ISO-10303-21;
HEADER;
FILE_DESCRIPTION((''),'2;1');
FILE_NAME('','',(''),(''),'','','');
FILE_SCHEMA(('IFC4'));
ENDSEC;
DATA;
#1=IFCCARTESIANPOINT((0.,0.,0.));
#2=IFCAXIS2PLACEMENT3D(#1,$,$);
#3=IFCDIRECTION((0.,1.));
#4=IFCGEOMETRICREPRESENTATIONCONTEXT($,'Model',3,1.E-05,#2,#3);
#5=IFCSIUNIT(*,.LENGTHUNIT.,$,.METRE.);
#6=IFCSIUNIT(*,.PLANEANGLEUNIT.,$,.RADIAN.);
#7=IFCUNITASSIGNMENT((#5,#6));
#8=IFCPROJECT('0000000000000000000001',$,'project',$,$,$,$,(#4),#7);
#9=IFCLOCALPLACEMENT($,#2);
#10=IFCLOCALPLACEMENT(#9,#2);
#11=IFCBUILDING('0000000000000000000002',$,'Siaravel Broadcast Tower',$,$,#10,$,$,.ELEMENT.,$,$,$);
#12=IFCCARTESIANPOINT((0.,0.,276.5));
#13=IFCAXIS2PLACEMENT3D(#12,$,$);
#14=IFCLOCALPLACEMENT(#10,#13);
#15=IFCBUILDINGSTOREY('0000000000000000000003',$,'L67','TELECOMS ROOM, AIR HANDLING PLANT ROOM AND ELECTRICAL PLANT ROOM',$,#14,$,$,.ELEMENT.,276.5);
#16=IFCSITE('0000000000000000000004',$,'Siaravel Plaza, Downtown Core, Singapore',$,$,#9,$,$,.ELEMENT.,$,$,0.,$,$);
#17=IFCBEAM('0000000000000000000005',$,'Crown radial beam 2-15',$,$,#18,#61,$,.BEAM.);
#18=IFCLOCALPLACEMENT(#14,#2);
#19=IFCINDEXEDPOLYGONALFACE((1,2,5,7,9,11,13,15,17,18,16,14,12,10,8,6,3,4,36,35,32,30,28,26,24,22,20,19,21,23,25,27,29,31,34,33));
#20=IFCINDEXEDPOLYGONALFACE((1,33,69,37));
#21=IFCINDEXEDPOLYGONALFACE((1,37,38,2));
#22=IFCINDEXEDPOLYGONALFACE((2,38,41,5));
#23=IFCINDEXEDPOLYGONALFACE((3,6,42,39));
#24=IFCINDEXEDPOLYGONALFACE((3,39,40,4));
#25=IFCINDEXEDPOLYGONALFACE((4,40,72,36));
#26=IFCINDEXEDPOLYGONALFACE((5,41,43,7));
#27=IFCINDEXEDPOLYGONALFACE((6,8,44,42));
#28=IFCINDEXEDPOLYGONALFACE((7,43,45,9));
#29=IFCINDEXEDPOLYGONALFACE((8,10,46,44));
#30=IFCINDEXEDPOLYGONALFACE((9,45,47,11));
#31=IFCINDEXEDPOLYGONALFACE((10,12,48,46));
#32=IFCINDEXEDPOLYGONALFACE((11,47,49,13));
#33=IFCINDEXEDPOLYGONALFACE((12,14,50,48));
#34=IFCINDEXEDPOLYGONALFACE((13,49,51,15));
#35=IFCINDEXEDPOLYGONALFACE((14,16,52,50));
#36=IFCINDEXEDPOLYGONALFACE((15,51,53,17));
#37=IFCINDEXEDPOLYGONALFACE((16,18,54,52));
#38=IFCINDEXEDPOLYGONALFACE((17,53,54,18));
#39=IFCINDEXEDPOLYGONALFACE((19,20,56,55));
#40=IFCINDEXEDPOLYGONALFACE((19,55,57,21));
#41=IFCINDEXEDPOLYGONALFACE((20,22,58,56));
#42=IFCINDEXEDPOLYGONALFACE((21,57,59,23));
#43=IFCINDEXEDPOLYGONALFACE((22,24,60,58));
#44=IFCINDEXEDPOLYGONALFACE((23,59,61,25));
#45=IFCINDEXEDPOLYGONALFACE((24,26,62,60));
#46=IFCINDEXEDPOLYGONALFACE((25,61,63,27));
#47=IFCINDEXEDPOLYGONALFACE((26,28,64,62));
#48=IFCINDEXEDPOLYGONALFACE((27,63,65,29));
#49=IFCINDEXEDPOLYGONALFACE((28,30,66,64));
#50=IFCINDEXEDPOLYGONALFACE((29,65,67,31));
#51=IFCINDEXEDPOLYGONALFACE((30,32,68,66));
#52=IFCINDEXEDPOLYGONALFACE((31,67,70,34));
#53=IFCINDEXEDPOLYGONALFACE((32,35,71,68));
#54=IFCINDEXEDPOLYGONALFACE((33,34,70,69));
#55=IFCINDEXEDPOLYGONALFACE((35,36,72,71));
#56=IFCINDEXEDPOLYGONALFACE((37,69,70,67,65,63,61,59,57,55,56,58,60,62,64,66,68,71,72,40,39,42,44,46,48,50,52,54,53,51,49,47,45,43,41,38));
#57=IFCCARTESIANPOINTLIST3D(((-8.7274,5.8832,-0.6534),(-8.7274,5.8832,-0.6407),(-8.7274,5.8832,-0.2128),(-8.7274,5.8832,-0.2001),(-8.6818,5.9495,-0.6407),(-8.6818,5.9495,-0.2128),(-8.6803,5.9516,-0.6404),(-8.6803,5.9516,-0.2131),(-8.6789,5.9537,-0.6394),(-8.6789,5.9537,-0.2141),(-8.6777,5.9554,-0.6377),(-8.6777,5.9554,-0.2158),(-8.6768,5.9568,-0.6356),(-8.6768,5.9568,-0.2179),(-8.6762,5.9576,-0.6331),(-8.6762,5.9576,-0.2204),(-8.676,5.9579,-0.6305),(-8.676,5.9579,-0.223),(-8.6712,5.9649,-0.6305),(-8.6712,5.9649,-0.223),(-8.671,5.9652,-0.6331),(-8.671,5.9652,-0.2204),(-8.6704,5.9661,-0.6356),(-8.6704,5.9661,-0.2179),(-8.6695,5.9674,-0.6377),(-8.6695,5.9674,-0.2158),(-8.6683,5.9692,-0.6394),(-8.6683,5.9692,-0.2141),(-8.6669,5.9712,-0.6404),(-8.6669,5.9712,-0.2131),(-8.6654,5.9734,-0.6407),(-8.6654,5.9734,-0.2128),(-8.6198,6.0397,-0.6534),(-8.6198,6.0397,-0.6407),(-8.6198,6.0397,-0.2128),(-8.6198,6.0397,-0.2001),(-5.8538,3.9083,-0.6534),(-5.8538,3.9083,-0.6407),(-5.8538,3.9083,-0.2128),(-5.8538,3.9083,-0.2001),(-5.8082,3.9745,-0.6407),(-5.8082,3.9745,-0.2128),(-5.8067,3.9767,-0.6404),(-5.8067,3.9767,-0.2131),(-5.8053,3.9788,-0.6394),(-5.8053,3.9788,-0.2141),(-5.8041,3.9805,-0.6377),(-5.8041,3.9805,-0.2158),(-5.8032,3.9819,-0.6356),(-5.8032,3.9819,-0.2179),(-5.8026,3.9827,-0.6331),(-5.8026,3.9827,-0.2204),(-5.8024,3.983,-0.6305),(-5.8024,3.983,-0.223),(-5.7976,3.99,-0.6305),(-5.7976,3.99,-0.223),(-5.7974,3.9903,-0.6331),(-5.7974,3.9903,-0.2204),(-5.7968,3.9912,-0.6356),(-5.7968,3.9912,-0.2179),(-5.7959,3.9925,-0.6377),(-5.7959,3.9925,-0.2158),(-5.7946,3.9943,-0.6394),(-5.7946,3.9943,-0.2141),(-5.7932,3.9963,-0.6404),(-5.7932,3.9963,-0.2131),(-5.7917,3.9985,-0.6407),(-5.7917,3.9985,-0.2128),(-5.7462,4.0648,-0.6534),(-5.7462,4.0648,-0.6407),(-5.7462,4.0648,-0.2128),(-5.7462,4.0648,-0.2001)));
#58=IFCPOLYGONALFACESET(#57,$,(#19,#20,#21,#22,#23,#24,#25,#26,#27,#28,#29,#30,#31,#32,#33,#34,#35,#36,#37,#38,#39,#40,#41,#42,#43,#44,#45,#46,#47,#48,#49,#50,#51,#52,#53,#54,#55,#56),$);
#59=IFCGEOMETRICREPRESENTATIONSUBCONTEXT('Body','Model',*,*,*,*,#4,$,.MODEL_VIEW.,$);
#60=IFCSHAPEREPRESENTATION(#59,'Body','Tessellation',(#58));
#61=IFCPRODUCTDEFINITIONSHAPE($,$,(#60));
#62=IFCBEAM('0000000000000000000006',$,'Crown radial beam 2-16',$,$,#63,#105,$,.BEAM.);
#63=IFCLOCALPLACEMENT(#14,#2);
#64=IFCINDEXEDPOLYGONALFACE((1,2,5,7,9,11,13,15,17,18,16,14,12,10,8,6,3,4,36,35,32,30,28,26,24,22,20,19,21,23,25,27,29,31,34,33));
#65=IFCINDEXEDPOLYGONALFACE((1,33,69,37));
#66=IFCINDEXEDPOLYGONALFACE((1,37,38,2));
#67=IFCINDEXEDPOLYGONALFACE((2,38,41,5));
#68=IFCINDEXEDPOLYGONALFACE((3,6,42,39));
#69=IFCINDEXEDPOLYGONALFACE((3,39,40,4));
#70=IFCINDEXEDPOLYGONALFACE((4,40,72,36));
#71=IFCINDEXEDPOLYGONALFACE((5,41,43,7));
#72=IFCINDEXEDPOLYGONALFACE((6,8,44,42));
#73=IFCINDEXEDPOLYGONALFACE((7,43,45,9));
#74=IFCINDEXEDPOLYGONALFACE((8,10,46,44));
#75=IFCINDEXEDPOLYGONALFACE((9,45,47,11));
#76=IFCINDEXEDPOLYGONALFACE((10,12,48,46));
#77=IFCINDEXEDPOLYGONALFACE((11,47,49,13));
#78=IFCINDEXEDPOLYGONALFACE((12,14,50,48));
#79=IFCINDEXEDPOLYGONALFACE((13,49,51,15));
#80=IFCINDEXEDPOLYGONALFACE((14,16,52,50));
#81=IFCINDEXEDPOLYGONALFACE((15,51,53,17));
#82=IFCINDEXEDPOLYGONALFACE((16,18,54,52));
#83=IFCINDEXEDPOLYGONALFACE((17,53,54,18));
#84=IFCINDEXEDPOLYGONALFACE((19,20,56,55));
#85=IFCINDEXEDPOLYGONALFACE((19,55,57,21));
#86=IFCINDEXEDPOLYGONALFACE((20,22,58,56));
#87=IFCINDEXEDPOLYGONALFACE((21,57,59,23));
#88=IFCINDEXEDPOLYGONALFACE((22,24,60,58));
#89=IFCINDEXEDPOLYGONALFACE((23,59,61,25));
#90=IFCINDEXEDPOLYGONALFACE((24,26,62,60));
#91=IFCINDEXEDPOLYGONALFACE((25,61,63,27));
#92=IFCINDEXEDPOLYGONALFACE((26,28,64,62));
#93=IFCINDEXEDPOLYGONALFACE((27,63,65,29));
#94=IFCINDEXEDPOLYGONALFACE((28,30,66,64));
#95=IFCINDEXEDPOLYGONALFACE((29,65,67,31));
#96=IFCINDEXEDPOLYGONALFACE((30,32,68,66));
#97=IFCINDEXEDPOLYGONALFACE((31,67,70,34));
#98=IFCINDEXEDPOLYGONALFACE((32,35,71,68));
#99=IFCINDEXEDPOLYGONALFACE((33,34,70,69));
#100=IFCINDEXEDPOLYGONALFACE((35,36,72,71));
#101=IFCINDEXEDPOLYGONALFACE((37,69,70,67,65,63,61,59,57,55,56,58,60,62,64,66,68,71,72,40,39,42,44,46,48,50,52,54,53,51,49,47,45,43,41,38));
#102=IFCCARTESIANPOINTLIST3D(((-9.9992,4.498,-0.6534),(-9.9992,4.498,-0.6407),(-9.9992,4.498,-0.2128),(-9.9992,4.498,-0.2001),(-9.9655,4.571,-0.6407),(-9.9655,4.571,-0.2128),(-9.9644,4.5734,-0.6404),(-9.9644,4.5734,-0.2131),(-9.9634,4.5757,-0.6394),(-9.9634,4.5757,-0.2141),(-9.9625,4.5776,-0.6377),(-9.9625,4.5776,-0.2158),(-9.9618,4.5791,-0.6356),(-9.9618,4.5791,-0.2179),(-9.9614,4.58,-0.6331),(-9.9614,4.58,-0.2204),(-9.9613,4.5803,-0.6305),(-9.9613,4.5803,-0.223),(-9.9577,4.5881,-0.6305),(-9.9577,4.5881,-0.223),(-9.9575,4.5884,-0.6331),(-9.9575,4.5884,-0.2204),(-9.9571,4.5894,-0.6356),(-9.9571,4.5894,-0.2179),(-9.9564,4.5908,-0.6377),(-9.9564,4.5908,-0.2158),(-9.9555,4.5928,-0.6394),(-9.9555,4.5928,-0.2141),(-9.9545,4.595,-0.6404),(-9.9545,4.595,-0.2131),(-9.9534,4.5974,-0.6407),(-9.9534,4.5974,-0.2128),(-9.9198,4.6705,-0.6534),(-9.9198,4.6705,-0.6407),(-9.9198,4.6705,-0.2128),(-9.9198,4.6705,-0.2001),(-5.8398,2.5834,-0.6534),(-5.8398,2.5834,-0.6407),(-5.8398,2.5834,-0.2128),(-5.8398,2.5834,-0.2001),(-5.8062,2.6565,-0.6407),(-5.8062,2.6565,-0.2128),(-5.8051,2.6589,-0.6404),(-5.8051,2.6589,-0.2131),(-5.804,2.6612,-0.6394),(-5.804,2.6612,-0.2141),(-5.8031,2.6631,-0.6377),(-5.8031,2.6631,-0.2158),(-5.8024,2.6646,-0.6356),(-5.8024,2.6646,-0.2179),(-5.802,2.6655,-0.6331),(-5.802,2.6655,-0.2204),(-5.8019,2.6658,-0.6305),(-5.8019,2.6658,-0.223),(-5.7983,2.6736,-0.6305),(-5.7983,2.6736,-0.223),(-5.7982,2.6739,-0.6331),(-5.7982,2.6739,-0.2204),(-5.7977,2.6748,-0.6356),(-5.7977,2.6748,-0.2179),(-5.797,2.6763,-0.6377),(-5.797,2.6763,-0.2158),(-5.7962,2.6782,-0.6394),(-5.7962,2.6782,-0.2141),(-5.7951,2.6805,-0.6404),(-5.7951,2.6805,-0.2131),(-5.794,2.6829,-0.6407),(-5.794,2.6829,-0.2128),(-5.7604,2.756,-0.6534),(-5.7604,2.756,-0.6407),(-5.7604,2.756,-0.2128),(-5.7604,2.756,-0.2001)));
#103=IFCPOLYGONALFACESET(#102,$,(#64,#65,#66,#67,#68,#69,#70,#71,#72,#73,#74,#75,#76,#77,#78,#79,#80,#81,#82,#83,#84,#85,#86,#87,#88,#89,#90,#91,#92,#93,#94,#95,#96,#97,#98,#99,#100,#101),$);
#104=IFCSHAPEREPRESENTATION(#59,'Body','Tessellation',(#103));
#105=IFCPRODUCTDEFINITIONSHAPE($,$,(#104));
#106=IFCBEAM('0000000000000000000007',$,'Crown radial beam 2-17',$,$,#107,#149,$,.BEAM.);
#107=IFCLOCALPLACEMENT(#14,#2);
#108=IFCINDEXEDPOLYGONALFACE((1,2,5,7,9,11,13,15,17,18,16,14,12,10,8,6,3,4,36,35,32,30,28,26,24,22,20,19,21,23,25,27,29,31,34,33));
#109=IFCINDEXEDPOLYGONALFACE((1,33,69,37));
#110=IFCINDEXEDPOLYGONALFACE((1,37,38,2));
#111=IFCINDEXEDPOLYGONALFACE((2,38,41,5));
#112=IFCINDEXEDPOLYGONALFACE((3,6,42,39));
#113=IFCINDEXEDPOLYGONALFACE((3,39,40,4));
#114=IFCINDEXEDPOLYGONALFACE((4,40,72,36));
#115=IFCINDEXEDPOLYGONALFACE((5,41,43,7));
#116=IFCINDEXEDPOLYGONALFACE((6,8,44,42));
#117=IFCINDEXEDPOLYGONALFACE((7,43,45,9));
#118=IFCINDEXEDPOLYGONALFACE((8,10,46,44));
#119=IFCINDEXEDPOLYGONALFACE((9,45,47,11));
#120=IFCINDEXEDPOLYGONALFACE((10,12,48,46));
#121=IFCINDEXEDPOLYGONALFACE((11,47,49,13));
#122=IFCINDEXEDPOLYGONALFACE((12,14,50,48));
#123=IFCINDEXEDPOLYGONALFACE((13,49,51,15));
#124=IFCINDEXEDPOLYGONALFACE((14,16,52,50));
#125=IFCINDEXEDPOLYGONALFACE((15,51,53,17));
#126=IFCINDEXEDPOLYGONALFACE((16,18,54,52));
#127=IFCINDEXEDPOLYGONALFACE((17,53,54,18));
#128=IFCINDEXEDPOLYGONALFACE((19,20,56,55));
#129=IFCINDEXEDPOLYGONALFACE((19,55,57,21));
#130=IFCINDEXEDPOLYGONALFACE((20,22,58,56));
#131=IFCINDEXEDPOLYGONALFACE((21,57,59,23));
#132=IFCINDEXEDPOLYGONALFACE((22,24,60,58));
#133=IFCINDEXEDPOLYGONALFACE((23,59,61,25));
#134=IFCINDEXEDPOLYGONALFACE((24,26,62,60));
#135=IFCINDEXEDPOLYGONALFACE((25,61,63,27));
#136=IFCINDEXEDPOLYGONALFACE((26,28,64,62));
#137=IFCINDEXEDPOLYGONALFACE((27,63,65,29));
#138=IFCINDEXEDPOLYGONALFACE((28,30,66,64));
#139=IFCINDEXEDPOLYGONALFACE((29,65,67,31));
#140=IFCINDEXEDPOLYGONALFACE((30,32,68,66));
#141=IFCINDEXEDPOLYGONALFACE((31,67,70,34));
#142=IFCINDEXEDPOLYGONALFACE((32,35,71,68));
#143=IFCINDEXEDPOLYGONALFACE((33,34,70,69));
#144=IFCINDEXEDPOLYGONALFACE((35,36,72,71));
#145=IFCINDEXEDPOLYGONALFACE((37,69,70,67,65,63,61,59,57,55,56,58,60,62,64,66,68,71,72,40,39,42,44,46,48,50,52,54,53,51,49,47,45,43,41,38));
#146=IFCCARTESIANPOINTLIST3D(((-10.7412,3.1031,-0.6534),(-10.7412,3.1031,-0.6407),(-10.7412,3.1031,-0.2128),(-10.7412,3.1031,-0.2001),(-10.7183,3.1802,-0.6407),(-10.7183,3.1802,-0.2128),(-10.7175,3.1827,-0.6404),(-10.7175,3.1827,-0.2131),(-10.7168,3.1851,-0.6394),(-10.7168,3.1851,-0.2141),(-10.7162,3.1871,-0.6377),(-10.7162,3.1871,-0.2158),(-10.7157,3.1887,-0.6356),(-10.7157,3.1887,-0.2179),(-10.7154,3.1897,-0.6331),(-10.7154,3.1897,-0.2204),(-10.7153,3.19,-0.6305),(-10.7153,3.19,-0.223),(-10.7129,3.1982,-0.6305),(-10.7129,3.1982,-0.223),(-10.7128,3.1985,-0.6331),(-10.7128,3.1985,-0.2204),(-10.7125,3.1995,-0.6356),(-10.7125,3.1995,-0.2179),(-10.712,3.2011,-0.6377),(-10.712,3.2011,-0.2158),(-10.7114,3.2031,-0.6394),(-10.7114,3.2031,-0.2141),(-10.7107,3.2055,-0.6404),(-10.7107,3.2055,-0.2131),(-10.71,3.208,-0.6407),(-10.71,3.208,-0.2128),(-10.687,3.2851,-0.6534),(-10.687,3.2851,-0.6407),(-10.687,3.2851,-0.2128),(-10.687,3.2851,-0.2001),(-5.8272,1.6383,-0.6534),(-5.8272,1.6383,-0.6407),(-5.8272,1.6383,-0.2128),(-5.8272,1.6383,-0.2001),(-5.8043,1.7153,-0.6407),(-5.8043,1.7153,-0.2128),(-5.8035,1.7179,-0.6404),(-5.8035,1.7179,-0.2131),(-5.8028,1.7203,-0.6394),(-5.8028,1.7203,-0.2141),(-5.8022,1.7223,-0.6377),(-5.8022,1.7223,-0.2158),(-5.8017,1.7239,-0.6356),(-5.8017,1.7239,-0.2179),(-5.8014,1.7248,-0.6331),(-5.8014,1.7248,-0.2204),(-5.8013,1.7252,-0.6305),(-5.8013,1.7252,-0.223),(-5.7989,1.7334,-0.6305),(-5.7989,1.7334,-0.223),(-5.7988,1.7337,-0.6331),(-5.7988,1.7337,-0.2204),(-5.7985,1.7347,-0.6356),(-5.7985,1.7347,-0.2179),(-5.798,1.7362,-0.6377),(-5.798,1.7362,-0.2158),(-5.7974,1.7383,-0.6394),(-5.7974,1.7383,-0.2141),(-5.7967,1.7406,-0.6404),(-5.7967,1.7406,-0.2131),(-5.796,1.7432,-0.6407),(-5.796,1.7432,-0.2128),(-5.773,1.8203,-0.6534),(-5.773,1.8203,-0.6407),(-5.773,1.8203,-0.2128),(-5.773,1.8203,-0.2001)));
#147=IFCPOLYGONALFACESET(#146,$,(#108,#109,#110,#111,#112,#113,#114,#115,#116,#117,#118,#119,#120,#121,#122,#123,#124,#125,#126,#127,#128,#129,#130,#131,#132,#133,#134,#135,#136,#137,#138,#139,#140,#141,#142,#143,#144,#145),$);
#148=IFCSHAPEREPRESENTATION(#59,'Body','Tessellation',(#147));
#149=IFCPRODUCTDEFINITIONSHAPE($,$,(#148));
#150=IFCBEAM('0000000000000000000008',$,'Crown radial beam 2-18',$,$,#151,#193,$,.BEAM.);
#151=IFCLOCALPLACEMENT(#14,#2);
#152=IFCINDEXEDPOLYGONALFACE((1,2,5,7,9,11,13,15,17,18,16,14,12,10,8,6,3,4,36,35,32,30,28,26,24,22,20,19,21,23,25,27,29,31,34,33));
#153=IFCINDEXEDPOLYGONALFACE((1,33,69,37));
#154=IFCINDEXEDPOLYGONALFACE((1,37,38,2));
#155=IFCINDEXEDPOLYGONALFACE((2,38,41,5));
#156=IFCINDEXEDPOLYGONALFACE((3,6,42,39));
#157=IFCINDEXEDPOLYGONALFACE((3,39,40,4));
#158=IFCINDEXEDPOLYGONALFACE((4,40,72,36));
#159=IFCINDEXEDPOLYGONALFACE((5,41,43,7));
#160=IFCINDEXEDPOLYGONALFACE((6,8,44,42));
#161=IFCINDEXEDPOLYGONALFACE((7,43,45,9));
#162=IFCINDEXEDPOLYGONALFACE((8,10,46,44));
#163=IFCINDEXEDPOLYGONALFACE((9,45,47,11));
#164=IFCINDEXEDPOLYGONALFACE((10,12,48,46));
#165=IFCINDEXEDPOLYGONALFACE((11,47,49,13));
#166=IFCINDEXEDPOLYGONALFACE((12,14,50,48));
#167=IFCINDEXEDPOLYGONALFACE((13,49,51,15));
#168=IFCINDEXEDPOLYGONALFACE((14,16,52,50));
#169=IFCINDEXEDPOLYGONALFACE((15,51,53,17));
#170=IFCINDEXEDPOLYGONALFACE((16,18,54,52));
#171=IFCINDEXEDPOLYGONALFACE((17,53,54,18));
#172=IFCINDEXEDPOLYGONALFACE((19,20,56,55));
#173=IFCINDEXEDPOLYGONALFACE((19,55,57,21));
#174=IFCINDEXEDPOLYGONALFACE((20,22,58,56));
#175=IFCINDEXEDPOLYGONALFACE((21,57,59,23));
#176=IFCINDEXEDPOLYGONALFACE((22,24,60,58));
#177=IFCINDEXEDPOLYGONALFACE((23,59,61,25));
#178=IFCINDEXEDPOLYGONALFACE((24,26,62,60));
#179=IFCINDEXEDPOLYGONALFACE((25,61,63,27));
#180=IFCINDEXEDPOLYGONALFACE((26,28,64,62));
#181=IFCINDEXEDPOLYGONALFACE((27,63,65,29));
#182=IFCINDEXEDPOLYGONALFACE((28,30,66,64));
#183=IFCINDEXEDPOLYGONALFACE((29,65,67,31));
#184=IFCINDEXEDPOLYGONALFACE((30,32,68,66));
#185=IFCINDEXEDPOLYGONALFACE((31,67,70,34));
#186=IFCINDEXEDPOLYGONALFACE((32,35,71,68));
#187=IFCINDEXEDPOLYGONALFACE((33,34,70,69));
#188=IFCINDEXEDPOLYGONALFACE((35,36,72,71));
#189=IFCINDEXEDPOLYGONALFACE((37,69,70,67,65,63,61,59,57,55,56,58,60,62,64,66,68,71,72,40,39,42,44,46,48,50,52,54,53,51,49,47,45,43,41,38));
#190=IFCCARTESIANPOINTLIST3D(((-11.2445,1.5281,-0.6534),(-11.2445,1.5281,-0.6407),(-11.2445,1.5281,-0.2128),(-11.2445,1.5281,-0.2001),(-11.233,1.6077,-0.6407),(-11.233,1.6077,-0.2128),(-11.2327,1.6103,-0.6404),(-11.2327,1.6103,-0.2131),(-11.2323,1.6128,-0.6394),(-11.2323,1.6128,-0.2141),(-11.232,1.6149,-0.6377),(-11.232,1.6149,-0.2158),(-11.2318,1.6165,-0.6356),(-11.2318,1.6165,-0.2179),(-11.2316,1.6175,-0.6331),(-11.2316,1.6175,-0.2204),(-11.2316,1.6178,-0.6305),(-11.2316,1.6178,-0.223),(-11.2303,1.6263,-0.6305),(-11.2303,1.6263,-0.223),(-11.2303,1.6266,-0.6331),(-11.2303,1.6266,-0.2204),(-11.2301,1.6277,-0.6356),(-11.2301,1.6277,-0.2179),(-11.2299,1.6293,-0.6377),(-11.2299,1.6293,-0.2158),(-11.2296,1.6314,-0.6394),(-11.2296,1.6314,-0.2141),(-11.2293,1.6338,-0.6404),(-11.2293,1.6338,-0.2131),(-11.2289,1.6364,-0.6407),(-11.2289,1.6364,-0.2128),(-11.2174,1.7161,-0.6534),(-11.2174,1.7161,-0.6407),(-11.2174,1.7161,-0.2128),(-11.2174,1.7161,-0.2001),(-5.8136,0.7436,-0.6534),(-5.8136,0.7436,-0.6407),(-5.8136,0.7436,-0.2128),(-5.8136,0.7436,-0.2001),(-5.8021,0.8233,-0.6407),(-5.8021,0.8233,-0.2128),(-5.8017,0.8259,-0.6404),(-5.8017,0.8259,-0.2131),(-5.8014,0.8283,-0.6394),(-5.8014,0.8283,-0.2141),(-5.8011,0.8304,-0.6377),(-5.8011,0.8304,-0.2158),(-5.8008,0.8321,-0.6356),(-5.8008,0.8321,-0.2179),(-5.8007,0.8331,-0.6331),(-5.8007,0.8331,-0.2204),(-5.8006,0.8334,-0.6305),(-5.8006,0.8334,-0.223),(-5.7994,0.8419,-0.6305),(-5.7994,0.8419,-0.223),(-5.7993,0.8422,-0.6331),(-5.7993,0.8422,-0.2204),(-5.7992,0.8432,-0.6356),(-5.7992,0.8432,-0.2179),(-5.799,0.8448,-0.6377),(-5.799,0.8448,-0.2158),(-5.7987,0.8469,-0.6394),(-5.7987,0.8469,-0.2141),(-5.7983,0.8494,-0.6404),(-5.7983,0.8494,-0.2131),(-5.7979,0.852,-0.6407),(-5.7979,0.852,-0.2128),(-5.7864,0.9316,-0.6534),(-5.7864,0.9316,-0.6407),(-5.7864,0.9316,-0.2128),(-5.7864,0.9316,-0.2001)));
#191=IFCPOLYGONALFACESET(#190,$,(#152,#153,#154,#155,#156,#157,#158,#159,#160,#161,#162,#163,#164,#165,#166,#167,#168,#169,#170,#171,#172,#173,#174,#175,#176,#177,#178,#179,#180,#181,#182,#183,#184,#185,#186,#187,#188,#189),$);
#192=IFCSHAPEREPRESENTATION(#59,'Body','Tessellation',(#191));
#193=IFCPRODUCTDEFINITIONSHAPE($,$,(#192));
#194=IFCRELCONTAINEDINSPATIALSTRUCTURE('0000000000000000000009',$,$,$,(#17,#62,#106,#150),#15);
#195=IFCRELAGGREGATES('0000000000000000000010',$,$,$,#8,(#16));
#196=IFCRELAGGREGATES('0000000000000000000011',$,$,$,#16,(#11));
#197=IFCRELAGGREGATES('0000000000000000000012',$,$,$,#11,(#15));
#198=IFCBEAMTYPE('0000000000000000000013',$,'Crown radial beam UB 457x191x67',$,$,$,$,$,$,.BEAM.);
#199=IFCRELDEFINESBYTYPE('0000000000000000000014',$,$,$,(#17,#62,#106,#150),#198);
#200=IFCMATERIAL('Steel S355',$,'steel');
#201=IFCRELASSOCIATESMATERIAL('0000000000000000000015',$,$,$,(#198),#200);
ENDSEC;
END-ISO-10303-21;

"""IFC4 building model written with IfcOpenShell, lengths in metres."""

from ifc_helpers import new_model, si_unit, direction, frame, origin, origin_2d, place, context, subcontext, project, spatial, i_section, extrude, material, material_profile, profile_set, type_object, element, save


model = new_model("IFC4")

# Units and contexts
model_context = context("Model", 3, precision=1e-05, world=origin(), true_north=direction((0.0, 1.0)))
body_context = subcontext(model_context, "Body", "Model", "MODEL_VIEW")
ifc_project = project(units=[si_unit("LENGTHUNIT", "METRE"), si_unit("PLANEANGLEUNIT", "RADIAN")], contexts=[model_context])

# Site, building, storey
site_placement = place(None, origin())
site = spatial("IfcSite", under=ifc_project, at=site_placement, Name="Siaravel Plaza, Downtown Core, Singapore", CompositionType="ELEMENT", RefElevation=0.0)
building_placement = place(site_placement, origin())
building = spatial("IfcBuilding", under=site, at=building_placement, Name="Siaravel Broadcast Tower", CompositionType="ELEMENT")
storey_placement = place(building_placement, frame((0.0, 0.0, 276.5)))
storey = spatial("IfcBuildingStorey", under=building, at=storey_placement, Name="L67", Description="TELECOMS ROOM, AIR HANDLING PLANT ROOM AND ELECTRICAL PLANT ROOM", CompositionType="ELEMENT", Elevation=276.5)

# Beams
ifc_material_1 = material(Name="Steel S355", Category="steel")
ifc_material_profile_1 = material_profile(ifc_material_1, i_section(OverallWidth=0.1899, OverallDepth=0.4534, WebThickness=0.0085, FlangeThickness=0.0127, FilletRadius=0.0103, at=origin_2d()))
ifc_profile_set_1 = profile_set([ifc_material_profile_1], Name="Steel S355")
beam_type_1 = type_object("IfcBeamType", Name="Crown radial beam UB 457x191x67", PredefinedType="BEAM", material=ifc_profile_set_1)
beam_1_placement = place(storey_placement, frame((-8.6736, 5.9614, -0.4268), z_axis=(0.824136, -0.566392, 0.0), x_axis=(0.566392, 0.824136, 0.0)))
element("IfcBeam", 1, at=beam_1_placement, inside=storey, type_object=beam_type_1, Name="Crown radial beam 2-15", PredefinedType="BEAM", context=body_context, shape_type="SweptSolid", body=[
    extrude(i_section(OverallWidth=0.1899, OverallDepth=0.4534, WebThickness=0.0085, FlangeThickness=0.0127, FilletRadius=0.0103, at=origin_2d()), origin(), (0.0, 0.0, 1.0), 3.4868),
])
beam_2_placement = place(storey_placement, frame((-9.9595, 4.5842, -0.4268), z_axis=(0.90839, -0.418125, 0.0), x_axis=(0.418125, 0.90839, 0.0)))
element("IfcBeam", 2, at=beam_2_placement, inside=storey, type_object=beam_type_1, Name="Crown radial beam 2-16", PredefinedType="BEAM", context=body_context, shape_type="SweptSolid", body=[
    extrude(i_section(OverallWidth=0.1899, OverallDepth=0.4534, WebThickness=0.0085, FlangeThickness=0.0127, FilletRadius=0.0103, at=origin_2d()), origin(), (0.0, 0.0, 1.0), 4.5789),
])
beam_3_placement = place(storey_placement, frame((-10.7141, 3.1941, -0.4268), z_axis=(0.958328, -0.28567, 0.0), x_axis=(0.28567, 0.958328, 0.0)))
element("IfcBeam", 3, at=beam_3_placement, inside=storey, type_object=beam_type_1, Name="Crown radial beam 2-17", PredefinedType="BEAM", context=body_context, shape_type="SweptSolid", body=[
    extrude(i_section(OverallWidth=0.1899, OverallDepth=0.4534, WebThickness=0.0085, FlangeThickness=0.0127, FilletRadius=0.0103, at=origin_2d()), origin(), (0.0, 0.0, 1.0), 5.1277),
])
beam_4_placement = place(storey_placement, frame((-11.231, 1.6221, -0.4268), z_axis=(0.989729, -0.142953, 0.0), x_axis=(0.142953, 0.989729, 0.0)))
element("IfcBeam", 4, at=beam_4_placement, inside=storey, type_object=beam_type_1, Name="Crown radial beam 2-18", PredefinedType="BEAM", context=body_context, shape_type="SweptSolid", body=[
    extrude(i_section(OverallWidth=0.1899, OverallDepth=0.4534, WebThickness=0.0085, FlangeThickness=0.0127, FilletRadius=0.0103, at=origin_2d()), origin(), (0.0, 0.0, 1.0), 5.4873),
])

save(model, "model.ifc")
